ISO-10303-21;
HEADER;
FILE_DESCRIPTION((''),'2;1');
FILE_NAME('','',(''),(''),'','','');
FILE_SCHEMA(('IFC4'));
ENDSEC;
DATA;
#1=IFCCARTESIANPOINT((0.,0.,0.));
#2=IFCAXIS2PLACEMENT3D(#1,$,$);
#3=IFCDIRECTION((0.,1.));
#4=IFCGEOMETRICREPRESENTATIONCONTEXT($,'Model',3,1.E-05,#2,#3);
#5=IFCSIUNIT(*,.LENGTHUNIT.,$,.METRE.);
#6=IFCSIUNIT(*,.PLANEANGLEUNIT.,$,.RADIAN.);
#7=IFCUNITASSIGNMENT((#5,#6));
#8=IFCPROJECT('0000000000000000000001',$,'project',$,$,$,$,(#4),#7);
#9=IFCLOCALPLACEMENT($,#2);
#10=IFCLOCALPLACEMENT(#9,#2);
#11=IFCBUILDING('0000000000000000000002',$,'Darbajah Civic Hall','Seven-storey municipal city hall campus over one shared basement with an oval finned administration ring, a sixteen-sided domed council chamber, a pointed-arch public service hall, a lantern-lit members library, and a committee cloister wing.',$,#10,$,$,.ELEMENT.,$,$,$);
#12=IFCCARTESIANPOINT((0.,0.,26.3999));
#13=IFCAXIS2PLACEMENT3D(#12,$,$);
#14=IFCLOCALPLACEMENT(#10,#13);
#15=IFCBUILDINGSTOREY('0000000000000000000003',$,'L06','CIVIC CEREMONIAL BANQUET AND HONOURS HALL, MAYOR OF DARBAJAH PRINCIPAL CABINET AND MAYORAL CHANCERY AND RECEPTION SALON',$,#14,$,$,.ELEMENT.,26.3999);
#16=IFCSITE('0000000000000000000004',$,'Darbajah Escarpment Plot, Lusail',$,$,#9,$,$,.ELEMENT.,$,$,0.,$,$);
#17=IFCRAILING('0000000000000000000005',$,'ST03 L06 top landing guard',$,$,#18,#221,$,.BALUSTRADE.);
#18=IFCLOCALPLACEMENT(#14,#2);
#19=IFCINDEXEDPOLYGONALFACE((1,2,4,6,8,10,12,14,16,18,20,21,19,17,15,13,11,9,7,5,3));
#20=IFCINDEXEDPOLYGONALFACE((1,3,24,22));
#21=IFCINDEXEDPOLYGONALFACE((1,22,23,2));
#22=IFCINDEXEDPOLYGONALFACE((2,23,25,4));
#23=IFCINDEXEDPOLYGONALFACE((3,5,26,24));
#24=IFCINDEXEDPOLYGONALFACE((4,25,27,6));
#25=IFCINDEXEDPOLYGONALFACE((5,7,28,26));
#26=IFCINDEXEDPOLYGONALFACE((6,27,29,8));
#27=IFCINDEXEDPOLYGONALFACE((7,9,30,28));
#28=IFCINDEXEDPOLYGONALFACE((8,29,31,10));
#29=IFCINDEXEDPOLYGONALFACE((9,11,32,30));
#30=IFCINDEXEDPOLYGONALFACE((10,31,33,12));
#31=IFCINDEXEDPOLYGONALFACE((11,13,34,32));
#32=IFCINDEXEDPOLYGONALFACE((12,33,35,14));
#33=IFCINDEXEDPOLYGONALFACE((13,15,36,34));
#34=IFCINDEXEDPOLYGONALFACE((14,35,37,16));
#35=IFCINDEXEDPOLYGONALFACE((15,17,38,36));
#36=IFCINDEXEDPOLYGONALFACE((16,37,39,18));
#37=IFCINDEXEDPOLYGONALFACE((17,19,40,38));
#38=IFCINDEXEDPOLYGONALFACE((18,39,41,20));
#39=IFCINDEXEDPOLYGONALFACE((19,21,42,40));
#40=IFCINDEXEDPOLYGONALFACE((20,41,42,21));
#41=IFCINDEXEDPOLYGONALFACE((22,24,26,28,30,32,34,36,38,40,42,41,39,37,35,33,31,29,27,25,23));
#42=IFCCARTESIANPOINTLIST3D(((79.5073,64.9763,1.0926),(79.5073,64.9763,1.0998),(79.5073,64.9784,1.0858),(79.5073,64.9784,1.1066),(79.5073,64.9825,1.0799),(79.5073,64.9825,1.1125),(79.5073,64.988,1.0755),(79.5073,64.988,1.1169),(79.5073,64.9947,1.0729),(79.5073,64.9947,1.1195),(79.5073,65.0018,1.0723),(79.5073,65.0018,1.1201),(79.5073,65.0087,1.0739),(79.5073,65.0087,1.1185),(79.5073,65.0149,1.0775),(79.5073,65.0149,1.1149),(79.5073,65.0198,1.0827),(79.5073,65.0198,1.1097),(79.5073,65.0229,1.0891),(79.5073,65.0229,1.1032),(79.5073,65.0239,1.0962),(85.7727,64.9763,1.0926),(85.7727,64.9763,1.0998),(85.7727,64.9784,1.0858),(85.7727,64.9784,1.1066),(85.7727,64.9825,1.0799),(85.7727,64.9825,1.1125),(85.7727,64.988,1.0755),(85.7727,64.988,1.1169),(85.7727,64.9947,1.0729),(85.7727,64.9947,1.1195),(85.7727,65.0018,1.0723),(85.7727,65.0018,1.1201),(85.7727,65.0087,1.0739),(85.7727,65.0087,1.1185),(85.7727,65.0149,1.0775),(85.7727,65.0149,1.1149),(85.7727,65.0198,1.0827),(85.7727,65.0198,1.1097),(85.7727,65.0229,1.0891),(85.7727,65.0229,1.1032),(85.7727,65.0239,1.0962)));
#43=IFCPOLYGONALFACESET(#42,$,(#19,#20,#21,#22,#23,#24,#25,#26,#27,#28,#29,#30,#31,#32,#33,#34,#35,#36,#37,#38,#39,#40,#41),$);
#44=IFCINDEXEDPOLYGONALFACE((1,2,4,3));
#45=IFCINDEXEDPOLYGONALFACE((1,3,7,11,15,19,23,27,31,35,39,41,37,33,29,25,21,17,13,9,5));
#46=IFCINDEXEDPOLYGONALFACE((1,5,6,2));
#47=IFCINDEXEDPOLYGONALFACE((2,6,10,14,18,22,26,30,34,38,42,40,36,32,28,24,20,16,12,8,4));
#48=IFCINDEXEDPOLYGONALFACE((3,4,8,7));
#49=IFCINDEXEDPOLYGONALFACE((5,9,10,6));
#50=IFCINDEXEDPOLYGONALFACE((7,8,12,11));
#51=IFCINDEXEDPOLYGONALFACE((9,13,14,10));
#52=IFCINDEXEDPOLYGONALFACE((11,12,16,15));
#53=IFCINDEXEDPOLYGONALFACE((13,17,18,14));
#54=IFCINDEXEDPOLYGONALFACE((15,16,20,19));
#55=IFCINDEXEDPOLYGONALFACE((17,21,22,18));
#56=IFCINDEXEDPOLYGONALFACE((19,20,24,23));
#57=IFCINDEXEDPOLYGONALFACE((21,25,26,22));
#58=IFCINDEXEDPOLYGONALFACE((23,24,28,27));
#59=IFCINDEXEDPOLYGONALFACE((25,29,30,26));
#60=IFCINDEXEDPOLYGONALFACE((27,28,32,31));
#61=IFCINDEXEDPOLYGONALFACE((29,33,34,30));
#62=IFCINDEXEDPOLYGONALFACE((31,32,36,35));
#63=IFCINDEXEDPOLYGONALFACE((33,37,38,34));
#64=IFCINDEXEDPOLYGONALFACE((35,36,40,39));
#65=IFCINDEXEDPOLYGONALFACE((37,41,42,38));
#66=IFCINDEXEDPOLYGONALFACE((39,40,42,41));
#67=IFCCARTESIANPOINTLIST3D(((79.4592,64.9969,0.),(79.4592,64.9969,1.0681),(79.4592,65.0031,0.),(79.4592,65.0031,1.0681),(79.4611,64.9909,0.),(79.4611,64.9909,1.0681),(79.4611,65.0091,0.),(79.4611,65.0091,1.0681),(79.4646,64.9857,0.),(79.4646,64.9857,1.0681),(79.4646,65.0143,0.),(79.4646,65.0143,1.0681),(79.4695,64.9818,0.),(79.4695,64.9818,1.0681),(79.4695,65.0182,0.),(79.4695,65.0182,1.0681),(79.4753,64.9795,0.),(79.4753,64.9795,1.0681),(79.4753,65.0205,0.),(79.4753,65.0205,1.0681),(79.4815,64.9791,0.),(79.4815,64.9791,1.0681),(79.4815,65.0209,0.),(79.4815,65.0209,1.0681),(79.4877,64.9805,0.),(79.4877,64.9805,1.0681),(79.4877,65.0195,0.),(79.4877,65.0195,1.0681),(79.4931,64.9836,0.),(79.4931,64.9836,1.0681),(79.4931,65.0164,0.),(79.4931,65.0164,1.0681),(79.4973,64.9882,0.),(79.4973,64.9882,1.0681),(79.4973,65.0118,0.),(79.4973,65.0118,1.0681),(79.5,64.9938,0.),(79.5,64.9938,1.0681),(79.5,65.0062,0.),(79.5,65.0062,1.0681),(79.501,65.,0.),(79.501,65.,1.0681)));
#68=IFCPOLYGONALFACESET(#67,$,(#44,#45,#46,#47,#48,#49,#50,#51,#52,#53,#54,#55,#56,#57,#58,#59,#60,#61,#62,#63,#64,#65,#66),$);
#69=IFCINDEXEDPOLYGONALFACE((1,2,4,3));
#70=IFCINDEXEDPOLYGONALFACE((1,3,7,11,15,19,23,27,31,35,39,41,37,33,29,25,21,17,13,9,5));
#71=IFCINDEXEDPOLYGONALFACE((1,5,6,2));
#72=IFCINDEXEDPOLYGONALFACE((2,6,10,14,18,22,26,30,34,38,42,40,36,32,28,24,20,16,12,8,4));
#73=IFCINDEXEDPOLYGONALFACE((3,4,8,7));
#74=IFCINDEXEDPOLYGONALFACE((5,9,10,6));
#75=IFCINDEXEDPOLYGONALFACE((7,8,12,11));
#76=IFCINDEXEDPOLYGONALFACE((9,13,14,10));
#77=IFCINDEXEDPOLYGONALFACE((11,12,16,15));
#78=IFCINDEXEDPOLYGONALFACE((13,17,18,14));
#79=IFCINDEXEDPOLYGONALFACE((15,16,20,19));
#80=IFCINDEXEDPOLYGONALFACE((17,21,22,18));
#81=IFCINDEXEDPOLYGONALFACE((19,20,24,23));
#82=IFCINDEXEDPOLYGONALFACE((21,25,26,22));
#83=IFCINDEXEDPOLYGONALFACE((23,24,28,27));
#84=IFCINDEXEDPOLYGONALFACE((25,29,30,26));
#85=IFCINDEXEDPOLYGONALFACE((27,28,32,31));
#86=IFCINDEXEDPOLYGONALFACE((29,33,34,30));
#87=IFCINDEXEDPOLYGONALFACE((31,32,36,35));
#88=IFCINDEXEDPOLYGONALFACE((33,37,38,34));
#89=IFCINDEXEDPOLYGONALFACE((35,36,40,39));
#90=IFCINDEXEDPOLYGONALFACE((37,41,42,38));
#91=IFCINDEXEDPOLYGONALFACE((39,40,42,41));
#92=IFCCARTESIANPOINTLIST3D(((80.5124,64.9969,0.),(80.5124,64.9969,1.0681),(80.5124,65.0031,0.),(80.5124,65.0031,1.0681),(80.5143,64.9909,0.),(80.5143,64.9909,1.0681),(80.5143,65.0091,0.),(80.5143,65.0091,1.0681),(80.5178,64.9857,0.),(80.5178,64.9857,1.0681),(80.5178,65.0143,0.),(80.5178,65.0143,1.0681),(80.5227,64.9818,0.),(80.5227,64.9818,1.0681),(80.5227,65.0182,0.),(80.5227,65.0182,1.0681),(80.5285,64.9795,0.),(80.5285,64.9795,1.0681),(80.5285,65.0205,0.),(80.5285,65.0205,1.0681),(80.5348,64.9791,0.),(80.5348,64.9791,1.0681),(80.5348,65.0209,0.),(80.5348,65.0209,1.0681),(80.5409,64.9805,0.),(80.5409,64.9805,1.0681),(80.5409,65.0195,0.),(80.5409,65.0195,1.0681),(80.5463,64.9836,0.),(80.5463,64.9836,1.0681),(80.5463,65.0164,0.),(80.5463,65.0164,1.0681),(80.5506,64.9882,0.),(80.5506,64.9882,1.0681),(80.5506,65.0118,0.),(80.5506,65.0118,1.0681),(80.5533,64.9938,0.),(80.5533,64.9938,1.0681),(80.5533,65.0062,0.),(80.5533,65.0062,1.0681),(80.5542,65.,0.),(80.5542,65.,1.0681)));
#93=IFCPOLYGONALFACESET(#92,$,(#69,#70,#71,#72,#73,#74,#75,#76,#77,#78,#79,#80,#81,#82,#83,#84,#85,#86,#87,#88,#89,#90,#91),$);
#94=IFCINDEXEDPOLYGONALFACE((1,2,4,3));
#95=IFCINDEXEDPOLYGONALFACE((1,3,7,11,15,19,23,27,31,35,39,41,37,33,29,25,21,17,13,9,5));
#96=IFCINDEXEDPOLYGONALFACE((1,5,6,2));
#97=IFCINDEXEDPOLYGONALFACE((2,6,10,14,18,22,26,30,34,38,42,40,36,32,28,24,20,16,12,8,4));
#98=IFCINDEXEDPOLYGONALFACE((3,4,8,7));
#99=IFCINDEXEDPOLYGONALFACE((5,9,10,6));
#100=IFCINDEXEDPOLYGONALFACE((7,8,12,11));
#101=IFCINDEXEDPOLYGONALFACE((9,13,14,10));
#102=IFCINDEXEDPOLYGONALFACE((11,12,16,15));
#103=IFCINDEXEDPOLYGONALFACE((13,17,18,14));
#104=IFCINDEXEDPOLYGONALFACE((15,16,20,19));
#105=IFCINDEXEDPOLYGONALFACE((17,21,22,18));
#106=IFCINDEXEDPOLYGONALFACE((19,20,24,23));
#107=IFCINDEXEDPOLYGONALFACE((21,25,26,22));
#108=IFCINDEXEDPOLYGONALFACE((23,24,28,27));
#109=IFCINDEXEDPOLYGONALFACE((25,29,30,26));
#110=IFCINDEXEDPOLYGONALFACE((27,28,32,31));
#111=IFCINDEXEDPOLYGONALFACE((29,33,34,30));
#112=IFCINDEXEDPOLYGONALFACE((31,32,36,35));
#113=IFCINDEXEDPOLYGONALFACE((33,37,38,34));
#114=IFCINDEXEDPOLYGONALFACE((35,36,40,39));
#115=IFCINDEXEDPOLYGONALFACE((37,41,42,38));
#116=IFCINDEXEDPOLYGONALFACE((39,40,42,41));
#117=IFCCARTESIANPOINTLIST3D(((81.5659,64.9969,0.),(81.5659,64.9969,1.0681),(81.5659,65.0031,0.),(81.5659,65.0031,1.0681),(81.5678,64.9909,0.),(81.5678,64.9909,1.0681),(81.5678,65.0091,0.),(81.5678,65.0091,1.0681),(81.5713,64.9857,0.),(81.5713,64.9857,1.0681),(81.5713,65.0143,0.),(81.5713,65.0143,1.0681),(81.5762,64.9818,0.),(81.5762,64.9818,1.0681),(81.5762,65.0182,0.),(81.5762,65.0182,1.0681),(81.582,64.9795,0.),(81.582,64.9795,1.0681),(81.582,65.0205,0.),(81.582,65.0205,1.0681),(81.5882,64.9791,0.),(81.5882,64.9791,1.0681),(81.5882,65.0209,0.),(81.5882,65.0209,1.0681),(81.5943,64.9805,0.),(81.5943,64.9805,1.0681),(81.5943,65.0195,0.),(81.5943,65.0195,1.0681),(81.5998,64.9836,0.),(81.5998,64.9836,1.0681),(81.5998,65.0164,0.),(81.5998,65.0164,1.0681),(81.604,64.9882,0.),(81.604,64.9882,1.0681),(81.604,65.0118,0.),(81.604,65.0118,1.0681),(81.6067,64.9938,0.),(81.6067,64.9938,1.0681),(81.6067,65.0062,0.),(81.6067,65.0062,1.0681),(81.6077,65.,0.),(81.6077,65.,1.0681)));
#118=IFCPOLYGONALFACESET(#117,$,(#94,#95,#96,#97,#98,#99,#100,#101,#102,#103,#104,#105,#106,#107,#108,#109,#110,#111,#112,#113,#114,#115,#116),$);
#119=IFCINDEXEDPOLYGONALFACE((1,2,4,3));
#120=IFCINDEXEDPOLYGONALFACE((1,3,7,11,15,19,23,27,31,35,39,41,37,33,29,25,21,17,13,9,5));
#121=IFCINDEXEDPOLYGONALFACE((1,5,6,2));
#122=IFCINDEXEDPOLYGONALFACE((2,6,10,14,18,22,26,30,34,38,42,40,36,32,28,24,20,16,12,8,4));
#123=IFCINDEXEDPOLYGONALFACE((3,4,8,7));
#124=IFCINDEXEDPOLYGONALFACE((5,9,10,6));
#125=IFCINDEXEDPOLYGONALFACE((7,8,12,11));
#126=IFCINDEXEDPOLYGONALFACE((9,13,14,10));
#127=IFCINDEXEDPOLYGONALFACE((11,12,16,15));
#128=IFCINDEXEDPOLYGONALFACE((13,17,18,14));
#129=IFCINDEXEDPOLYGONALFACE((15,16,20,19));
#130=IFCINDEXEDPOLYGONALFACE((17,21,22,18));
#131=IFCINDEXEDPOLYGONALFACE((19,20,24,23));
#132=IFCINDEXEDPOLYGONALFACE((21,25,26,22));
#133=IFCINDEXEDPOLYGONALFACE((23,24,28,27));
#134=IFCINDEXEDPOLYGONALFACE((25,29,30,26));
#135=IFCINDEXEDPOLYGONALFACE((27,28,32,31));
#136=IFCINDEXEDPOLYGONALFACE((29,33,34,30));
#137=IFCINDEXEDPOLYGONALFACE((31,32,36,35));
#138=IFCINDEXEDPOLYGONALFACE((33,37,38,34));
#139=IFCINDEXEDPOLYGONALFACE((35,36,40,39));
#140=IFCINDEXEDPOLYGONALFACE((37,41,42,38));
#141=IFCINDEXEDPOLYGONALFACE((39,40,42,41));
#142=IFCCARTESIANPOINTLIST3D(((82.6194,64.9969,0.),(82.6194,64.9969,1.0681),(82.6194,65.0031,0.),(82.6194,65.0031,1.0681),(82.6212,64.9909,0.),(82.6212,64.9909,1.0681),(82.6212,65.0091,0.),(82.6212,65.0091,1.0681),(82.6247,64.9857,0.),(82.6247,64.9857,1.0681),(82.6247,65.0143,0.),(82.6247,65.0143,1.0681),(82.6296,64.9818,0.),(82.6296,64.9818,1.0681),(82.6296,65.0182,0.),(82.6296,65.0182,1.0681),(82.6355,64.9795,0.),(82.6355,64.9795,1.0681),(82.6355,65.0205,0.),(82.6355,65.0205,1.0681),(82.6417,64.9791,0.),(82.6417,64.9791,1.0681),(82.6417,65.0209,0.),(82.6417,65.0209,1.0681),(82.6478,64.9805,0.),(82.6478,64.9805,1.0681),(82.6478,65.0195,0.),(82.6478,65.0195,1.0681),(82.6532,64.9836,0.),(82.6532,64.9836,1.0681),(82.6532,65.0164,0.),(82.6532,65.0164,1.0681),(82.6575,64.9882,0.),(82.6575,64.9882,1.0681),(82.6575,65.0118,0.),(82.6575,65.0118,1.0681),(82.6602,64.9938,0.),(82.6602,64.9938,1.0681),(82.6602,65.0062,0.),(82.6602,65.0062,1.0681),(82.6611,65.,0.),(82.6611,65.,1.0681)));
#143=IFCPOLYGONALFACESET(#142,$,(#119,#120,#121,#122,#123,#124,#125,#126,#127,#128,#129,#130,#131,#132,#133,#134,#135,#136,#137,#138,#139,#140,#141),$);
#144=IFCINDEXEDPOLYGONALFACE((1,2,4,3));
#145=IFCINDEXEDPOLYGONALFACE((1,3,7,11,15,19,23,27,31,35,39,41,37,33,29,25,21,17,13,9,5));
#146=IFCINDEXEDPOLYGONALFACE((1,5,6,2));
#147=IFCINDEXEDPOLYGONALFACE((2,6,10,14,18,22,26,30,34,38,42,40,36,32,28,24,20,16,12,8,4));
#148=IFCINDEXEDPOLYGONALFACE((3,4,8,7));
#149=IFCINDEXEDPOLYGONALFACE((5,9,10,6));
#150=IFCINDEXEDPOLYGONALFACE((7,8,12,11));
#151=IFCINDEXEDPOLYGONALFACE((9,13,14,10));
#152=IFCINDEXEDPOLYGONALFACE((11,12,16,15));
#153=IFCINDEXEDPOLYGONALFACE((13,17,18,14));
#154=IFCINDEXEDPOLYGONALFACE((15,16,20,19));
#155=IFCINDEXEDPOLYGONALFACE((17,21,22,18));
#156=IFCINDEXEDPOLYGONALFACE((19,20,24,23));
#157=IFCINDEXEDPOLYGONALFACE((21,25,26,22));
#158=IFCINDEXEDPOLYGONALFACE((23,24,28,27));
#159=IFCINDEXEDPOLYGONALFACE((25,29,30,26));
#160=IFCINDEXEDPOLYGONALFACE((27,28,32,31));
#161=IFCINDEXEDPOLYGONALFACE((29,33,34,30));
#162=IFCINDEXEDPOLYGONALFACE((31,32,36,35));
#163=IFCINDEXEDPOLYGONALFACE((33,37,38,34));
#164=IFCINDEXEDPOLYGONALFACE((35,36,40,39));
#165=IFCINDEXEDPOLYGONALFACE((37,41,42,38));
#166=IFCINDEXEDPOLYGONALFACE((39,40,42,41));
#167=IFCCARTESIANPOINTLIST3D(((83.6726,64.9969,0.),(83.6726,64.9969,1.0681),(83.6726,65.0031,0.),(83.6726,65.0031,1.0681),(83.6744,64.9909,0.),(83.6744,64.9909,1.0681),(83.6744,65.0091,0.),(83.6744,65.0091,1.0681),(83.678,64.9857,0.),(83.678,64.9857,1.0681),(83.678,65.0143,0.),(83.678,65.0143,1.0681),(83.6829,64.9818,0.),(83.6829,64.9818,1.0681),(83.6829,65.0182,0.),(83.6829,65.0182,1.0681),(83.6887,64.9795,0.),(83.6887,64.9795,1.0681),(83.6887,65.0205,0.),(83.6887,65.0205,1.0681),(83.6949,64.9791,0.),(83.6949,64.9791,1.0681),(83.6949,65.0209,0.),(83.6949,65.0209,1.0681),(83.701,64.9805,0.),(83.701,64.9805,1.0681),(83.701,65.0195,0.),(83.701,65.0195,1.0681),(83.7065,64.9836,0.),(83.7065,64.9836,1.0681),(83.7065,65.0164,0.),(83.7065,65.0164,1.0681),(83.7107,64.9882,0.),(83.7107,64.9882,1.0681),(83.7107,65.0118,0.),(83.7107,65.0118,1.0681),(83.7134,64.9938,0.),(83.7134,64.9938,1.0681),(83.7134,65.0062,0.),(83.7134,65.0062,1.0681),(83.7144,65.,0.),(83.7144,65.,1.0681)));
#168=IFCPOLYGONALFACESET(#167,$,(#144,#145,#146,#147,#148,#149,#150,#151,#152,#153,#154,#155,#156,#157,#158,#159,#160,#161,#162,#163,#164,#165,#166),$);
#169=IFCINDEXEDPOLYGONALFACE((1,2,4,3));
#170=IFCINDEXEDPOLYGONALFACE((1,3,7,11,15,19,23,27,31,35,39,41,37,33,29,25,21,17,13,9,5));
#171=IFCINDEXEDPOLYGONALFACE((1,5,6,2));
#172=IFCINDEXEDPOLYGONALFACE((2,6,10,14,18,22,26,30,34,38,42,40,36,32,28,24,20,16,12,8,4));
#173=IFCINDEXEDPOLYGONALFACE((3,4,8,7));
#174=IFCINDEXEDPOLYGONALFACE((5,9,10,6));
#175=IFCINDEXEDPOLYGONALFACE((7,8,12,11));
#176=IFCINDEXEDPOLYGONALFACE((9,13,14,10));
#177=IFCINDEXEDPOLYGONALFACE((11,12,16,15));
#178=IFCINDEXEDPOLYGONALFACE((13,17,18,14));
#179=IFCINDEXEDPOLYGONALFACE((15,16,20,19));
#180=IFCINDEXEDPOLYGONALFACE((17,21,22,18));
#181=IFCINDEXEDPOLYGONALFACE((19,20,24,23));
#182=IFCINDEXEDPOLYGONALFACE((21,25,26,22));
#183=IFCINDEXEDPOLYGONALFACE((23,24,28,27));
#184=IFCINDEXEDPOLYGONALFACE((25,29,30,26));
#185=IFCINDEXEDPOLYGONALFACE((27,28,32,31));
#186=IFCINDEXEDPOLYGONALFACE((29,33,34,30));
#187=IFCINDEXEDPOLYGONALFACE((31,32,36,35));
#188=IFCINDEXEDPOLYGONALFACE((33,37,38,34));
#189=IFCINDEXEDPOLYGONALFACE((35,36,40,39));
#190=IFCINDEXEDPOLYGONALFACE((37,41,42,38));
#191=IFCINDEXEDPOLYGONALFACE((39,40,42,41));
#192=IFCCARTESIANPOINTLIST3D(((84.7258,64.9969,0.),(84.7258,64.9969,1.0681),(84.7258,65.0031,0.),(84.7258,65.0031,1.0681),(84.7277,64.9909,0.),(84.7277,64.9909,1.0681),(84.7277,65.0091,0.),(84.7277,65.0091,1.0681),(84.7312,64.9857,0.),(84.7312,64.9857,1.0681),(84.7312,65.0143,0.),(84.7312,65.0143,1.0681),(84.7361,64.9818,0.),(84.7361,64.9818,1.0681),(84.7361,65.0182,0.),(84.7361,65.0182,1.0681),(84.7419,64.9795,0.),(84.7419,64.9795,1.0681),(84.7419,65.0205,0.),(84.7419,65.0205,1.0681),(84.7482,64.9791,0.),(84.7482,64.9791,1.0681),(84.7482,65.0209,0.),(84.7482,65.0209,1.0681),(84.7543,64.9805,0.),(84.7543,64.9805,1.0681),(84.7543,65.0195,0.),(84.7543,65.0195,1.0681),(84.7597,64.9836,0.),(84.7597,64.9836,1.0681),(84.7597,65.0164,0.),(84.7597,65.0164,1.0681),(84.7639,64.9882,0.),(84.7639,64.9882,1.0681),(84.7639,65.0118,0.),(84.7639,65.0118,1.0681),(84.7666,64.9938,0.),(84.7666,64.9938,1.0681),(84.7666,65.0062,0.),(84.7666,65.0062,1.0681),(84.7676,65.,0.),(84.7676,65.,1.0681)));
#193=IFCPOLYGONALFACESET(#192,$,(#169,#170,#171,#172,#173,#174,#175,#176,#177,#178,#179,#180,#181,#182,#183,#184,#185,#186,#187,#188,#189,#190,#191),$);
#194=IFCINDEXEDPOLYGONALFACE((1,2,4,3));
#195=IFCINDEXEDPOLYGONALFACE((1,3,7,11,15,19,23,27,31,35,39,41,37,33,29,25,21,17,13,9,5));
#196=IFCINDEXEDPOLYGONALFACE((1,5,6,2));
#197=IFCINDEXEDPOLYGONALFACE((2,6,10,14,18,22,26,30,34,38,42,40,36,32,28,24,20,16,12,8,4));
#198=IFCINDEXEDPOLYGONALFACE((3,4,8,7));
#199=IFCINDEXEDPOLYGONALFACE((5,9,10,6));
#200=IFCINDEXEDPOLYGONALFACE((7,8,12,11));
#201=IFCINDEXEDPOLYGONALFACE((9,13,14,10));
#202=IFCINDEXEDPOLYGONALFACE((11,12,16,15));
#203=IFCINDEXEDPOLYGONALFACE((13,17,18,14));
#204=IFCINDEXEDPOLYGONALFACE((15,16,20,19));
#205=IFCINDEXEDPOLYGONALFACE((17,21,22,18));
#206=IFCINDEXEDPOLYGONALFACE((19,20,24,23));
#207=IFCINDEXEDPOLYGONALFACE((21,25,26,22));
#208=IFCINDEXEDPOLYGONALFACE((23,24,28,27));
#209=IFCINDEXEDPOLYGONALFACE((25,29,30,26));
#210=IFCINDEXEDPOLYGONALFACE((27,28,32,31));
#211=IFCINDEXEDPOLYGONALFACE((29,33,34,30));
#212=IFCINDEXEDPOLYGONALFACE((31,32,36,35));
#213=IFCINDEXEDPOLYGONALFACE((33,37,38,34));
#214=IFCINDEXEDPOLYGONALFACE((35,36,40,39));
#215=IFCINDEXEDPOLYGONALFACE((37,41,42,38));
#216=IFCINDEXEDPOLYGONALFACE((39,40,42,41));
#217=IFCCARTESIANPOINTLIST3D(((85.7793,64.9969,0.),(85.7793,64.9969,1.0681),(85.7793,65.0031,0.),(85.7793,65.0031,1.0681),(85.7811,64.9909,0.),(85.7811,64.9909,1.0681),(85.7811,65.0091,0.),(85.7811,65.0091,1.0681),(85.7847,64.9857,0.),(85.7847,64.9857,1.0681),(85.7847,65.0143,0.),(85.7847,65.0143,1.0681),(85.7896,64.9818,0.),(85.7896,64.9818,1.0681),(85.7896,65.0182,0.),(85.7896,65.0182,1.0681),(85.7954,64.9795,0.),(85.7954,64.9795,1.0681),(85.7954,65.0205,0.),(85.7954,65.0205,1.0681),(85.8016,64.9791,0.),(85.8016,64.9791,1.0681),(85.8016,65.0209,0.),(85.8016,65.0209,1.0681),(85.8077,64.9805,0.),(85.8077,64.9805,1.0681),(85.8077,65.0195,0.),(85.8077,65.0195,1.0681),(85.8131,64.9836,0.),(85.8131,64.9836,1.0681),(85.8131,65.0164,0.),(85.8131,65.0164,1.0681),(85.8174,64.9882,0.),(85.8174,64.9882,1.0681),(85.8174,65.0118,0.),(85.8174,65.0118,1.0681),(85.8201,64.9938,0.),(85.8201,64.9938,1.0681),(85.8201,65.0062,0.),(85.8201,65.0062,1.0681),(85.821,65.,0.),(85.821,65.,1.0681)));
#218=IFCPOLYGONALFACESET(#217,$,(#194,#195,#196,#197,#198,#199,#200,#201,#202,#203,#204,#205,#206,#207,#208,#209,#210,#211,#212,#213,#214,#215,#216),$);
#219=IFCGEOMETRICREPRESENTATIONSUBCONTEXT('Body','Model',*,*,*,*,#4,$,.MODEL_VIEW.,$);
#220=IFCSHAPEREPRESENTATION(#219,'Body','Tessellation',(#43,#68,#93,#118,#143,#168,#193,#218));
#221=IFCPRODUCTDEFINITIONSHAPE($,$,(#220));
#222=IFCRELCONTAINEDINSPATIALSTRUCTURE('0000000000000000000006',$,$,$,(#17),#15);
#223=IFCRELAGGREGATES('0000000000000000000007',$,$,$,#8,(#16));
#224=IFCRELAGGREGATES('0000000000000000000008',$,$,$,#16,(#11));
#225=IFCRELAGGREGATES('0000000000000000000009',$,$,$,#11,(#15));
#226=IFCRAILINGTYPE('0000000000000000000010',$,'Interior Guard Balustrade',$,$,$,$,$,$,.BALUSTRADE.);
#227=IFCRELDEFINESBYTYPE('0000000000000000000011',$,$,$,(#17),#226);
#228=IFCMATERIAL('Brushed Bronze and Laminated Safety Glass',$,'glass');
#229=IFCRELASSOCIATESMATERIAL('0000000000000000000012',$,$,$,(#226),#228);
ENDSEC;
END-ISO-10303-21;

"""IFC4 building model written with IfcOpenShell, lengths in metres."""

from ifc_helpers import new_model, si_unit, direction, frame, origin, origin_2d, place, context, subcontext, project, spatial, circle, extrude, material, type_object, element, save


model = new_model("IFC4")

# Units and contexts
model_context = context("Model", 3, precision=1e-05, world=origin(), true_north=direction((0.0, 1.0)))
body_context = subcontext(model_context, "Body", "Model", "MODEL_VIEW")
ifc_project = project(units=[si_unit("LENGTHUNIT", "METRE"), si_unit("PLANEANGLEUNIT", "RADIAN")], contexts=[model_context])

# Site, building, storey
site_placement = place(None, origin())
site = spatial("IfcSite", under=ifc_project, at=site_placement, Name="Darbajah Escarpment Plot, Lusail", CompositionType="ELEMENT", RefElevation=0.0)
building_placement = place(site_placement, origin())
building = spatial("IfcBuilding", under=site, at=building_placement, Name="Darbajah Civic Hall", Description="Seven-storey municipal city hall campus over one shared basement with an oval finned administration ring, a sixteen-sided domed council chamber, a pointed-arch public service hall, a lantern-lit members library, and a committee cloister wing.", CompositionType="ELEMENT")
storey_placement = place(building_placement, frame((0.0, 0.0, 26.3999)))
storey = spatial("IfcBuildingStorey", under=building, at=storey_placement, Name="L06", Description="CIVIC CEREMONIAL BANQUET AND HONOURS HALL, MAYOR OF DARBAJAH PRINCIPAL CABINET AND MAYORAL CHANCERY AND RECEPTION SALON", CompositionType="ELEMENT", Elevation=26.3999)

# Railing
ifc_material_1 = material(Name="Brushed Bronze and Laminated Safety Glass", Category="glass")
railing_type = type_object("IfcRailingType", Name="Interior Guard Balustrade", PredefinedType="BALUSTRADE", material=ifc_material_1)
railing_1_placement = place(storey_placement, frame((79.48, 65.0, 0.0)))
element("IfcRailing", 1, at=railing_1_placement, inside=storey, type_object=railing_type, Name="ST03 L06 top landing guard", PredefinedType="BALUSTRADE", context=body_context, shape_type="SweptSolid", body=[
    extrude(circle(Radius=0.0239, at=origin_2d()), frame((0.0273, 0.0, 1.0962), z_axis=(1.0, 0.0, 0.0), x_axis=(0.0, 1.0, 0.0)), (0.0, 0.0, 1.0), 6.2654),
    extrude(circle(Radius=0.021, at=origin_2d()), origin(), (0.0, 0.0, 1.0), 1.0681),
    extrude(circle(Radius=0.021, at=origin_2d()), frame((1.0532, 0.0, 0.0)), (0.0, 0.0, 1.0), 1.0681),
    extrude(circle(Radius=0.021, at=origin_2d()), frame((2.1067, 0.0, 0.0)), (0.0, 0.0, 1.0), 1.0681),
    extrude(circle(Radius=0.021, at=origin_2d()), frame((3.1602, 0.0, 0.0)), (0.0, 0.0, 1.0), 1.0681),
    extrude(circle(Radius=0.021, at=origin_2d()), frame((4.2134, 0.0, 0.0)), (0.0, 0.0, 1.0), 1.0681),
    extrude(circle(Radius=0.021, at=origin_2d()), frame((5.2666, 0.0, 0.0)), (0.0, 0.0, 1.0), 1.0681),
    extrude(circle(Radius=0.021, at=origin_2d()), frame((6.3201, 0.0, 0.0)), (0.0, 0.0, 1.0), 1.0681),
])

save(model, "model.ifc")
